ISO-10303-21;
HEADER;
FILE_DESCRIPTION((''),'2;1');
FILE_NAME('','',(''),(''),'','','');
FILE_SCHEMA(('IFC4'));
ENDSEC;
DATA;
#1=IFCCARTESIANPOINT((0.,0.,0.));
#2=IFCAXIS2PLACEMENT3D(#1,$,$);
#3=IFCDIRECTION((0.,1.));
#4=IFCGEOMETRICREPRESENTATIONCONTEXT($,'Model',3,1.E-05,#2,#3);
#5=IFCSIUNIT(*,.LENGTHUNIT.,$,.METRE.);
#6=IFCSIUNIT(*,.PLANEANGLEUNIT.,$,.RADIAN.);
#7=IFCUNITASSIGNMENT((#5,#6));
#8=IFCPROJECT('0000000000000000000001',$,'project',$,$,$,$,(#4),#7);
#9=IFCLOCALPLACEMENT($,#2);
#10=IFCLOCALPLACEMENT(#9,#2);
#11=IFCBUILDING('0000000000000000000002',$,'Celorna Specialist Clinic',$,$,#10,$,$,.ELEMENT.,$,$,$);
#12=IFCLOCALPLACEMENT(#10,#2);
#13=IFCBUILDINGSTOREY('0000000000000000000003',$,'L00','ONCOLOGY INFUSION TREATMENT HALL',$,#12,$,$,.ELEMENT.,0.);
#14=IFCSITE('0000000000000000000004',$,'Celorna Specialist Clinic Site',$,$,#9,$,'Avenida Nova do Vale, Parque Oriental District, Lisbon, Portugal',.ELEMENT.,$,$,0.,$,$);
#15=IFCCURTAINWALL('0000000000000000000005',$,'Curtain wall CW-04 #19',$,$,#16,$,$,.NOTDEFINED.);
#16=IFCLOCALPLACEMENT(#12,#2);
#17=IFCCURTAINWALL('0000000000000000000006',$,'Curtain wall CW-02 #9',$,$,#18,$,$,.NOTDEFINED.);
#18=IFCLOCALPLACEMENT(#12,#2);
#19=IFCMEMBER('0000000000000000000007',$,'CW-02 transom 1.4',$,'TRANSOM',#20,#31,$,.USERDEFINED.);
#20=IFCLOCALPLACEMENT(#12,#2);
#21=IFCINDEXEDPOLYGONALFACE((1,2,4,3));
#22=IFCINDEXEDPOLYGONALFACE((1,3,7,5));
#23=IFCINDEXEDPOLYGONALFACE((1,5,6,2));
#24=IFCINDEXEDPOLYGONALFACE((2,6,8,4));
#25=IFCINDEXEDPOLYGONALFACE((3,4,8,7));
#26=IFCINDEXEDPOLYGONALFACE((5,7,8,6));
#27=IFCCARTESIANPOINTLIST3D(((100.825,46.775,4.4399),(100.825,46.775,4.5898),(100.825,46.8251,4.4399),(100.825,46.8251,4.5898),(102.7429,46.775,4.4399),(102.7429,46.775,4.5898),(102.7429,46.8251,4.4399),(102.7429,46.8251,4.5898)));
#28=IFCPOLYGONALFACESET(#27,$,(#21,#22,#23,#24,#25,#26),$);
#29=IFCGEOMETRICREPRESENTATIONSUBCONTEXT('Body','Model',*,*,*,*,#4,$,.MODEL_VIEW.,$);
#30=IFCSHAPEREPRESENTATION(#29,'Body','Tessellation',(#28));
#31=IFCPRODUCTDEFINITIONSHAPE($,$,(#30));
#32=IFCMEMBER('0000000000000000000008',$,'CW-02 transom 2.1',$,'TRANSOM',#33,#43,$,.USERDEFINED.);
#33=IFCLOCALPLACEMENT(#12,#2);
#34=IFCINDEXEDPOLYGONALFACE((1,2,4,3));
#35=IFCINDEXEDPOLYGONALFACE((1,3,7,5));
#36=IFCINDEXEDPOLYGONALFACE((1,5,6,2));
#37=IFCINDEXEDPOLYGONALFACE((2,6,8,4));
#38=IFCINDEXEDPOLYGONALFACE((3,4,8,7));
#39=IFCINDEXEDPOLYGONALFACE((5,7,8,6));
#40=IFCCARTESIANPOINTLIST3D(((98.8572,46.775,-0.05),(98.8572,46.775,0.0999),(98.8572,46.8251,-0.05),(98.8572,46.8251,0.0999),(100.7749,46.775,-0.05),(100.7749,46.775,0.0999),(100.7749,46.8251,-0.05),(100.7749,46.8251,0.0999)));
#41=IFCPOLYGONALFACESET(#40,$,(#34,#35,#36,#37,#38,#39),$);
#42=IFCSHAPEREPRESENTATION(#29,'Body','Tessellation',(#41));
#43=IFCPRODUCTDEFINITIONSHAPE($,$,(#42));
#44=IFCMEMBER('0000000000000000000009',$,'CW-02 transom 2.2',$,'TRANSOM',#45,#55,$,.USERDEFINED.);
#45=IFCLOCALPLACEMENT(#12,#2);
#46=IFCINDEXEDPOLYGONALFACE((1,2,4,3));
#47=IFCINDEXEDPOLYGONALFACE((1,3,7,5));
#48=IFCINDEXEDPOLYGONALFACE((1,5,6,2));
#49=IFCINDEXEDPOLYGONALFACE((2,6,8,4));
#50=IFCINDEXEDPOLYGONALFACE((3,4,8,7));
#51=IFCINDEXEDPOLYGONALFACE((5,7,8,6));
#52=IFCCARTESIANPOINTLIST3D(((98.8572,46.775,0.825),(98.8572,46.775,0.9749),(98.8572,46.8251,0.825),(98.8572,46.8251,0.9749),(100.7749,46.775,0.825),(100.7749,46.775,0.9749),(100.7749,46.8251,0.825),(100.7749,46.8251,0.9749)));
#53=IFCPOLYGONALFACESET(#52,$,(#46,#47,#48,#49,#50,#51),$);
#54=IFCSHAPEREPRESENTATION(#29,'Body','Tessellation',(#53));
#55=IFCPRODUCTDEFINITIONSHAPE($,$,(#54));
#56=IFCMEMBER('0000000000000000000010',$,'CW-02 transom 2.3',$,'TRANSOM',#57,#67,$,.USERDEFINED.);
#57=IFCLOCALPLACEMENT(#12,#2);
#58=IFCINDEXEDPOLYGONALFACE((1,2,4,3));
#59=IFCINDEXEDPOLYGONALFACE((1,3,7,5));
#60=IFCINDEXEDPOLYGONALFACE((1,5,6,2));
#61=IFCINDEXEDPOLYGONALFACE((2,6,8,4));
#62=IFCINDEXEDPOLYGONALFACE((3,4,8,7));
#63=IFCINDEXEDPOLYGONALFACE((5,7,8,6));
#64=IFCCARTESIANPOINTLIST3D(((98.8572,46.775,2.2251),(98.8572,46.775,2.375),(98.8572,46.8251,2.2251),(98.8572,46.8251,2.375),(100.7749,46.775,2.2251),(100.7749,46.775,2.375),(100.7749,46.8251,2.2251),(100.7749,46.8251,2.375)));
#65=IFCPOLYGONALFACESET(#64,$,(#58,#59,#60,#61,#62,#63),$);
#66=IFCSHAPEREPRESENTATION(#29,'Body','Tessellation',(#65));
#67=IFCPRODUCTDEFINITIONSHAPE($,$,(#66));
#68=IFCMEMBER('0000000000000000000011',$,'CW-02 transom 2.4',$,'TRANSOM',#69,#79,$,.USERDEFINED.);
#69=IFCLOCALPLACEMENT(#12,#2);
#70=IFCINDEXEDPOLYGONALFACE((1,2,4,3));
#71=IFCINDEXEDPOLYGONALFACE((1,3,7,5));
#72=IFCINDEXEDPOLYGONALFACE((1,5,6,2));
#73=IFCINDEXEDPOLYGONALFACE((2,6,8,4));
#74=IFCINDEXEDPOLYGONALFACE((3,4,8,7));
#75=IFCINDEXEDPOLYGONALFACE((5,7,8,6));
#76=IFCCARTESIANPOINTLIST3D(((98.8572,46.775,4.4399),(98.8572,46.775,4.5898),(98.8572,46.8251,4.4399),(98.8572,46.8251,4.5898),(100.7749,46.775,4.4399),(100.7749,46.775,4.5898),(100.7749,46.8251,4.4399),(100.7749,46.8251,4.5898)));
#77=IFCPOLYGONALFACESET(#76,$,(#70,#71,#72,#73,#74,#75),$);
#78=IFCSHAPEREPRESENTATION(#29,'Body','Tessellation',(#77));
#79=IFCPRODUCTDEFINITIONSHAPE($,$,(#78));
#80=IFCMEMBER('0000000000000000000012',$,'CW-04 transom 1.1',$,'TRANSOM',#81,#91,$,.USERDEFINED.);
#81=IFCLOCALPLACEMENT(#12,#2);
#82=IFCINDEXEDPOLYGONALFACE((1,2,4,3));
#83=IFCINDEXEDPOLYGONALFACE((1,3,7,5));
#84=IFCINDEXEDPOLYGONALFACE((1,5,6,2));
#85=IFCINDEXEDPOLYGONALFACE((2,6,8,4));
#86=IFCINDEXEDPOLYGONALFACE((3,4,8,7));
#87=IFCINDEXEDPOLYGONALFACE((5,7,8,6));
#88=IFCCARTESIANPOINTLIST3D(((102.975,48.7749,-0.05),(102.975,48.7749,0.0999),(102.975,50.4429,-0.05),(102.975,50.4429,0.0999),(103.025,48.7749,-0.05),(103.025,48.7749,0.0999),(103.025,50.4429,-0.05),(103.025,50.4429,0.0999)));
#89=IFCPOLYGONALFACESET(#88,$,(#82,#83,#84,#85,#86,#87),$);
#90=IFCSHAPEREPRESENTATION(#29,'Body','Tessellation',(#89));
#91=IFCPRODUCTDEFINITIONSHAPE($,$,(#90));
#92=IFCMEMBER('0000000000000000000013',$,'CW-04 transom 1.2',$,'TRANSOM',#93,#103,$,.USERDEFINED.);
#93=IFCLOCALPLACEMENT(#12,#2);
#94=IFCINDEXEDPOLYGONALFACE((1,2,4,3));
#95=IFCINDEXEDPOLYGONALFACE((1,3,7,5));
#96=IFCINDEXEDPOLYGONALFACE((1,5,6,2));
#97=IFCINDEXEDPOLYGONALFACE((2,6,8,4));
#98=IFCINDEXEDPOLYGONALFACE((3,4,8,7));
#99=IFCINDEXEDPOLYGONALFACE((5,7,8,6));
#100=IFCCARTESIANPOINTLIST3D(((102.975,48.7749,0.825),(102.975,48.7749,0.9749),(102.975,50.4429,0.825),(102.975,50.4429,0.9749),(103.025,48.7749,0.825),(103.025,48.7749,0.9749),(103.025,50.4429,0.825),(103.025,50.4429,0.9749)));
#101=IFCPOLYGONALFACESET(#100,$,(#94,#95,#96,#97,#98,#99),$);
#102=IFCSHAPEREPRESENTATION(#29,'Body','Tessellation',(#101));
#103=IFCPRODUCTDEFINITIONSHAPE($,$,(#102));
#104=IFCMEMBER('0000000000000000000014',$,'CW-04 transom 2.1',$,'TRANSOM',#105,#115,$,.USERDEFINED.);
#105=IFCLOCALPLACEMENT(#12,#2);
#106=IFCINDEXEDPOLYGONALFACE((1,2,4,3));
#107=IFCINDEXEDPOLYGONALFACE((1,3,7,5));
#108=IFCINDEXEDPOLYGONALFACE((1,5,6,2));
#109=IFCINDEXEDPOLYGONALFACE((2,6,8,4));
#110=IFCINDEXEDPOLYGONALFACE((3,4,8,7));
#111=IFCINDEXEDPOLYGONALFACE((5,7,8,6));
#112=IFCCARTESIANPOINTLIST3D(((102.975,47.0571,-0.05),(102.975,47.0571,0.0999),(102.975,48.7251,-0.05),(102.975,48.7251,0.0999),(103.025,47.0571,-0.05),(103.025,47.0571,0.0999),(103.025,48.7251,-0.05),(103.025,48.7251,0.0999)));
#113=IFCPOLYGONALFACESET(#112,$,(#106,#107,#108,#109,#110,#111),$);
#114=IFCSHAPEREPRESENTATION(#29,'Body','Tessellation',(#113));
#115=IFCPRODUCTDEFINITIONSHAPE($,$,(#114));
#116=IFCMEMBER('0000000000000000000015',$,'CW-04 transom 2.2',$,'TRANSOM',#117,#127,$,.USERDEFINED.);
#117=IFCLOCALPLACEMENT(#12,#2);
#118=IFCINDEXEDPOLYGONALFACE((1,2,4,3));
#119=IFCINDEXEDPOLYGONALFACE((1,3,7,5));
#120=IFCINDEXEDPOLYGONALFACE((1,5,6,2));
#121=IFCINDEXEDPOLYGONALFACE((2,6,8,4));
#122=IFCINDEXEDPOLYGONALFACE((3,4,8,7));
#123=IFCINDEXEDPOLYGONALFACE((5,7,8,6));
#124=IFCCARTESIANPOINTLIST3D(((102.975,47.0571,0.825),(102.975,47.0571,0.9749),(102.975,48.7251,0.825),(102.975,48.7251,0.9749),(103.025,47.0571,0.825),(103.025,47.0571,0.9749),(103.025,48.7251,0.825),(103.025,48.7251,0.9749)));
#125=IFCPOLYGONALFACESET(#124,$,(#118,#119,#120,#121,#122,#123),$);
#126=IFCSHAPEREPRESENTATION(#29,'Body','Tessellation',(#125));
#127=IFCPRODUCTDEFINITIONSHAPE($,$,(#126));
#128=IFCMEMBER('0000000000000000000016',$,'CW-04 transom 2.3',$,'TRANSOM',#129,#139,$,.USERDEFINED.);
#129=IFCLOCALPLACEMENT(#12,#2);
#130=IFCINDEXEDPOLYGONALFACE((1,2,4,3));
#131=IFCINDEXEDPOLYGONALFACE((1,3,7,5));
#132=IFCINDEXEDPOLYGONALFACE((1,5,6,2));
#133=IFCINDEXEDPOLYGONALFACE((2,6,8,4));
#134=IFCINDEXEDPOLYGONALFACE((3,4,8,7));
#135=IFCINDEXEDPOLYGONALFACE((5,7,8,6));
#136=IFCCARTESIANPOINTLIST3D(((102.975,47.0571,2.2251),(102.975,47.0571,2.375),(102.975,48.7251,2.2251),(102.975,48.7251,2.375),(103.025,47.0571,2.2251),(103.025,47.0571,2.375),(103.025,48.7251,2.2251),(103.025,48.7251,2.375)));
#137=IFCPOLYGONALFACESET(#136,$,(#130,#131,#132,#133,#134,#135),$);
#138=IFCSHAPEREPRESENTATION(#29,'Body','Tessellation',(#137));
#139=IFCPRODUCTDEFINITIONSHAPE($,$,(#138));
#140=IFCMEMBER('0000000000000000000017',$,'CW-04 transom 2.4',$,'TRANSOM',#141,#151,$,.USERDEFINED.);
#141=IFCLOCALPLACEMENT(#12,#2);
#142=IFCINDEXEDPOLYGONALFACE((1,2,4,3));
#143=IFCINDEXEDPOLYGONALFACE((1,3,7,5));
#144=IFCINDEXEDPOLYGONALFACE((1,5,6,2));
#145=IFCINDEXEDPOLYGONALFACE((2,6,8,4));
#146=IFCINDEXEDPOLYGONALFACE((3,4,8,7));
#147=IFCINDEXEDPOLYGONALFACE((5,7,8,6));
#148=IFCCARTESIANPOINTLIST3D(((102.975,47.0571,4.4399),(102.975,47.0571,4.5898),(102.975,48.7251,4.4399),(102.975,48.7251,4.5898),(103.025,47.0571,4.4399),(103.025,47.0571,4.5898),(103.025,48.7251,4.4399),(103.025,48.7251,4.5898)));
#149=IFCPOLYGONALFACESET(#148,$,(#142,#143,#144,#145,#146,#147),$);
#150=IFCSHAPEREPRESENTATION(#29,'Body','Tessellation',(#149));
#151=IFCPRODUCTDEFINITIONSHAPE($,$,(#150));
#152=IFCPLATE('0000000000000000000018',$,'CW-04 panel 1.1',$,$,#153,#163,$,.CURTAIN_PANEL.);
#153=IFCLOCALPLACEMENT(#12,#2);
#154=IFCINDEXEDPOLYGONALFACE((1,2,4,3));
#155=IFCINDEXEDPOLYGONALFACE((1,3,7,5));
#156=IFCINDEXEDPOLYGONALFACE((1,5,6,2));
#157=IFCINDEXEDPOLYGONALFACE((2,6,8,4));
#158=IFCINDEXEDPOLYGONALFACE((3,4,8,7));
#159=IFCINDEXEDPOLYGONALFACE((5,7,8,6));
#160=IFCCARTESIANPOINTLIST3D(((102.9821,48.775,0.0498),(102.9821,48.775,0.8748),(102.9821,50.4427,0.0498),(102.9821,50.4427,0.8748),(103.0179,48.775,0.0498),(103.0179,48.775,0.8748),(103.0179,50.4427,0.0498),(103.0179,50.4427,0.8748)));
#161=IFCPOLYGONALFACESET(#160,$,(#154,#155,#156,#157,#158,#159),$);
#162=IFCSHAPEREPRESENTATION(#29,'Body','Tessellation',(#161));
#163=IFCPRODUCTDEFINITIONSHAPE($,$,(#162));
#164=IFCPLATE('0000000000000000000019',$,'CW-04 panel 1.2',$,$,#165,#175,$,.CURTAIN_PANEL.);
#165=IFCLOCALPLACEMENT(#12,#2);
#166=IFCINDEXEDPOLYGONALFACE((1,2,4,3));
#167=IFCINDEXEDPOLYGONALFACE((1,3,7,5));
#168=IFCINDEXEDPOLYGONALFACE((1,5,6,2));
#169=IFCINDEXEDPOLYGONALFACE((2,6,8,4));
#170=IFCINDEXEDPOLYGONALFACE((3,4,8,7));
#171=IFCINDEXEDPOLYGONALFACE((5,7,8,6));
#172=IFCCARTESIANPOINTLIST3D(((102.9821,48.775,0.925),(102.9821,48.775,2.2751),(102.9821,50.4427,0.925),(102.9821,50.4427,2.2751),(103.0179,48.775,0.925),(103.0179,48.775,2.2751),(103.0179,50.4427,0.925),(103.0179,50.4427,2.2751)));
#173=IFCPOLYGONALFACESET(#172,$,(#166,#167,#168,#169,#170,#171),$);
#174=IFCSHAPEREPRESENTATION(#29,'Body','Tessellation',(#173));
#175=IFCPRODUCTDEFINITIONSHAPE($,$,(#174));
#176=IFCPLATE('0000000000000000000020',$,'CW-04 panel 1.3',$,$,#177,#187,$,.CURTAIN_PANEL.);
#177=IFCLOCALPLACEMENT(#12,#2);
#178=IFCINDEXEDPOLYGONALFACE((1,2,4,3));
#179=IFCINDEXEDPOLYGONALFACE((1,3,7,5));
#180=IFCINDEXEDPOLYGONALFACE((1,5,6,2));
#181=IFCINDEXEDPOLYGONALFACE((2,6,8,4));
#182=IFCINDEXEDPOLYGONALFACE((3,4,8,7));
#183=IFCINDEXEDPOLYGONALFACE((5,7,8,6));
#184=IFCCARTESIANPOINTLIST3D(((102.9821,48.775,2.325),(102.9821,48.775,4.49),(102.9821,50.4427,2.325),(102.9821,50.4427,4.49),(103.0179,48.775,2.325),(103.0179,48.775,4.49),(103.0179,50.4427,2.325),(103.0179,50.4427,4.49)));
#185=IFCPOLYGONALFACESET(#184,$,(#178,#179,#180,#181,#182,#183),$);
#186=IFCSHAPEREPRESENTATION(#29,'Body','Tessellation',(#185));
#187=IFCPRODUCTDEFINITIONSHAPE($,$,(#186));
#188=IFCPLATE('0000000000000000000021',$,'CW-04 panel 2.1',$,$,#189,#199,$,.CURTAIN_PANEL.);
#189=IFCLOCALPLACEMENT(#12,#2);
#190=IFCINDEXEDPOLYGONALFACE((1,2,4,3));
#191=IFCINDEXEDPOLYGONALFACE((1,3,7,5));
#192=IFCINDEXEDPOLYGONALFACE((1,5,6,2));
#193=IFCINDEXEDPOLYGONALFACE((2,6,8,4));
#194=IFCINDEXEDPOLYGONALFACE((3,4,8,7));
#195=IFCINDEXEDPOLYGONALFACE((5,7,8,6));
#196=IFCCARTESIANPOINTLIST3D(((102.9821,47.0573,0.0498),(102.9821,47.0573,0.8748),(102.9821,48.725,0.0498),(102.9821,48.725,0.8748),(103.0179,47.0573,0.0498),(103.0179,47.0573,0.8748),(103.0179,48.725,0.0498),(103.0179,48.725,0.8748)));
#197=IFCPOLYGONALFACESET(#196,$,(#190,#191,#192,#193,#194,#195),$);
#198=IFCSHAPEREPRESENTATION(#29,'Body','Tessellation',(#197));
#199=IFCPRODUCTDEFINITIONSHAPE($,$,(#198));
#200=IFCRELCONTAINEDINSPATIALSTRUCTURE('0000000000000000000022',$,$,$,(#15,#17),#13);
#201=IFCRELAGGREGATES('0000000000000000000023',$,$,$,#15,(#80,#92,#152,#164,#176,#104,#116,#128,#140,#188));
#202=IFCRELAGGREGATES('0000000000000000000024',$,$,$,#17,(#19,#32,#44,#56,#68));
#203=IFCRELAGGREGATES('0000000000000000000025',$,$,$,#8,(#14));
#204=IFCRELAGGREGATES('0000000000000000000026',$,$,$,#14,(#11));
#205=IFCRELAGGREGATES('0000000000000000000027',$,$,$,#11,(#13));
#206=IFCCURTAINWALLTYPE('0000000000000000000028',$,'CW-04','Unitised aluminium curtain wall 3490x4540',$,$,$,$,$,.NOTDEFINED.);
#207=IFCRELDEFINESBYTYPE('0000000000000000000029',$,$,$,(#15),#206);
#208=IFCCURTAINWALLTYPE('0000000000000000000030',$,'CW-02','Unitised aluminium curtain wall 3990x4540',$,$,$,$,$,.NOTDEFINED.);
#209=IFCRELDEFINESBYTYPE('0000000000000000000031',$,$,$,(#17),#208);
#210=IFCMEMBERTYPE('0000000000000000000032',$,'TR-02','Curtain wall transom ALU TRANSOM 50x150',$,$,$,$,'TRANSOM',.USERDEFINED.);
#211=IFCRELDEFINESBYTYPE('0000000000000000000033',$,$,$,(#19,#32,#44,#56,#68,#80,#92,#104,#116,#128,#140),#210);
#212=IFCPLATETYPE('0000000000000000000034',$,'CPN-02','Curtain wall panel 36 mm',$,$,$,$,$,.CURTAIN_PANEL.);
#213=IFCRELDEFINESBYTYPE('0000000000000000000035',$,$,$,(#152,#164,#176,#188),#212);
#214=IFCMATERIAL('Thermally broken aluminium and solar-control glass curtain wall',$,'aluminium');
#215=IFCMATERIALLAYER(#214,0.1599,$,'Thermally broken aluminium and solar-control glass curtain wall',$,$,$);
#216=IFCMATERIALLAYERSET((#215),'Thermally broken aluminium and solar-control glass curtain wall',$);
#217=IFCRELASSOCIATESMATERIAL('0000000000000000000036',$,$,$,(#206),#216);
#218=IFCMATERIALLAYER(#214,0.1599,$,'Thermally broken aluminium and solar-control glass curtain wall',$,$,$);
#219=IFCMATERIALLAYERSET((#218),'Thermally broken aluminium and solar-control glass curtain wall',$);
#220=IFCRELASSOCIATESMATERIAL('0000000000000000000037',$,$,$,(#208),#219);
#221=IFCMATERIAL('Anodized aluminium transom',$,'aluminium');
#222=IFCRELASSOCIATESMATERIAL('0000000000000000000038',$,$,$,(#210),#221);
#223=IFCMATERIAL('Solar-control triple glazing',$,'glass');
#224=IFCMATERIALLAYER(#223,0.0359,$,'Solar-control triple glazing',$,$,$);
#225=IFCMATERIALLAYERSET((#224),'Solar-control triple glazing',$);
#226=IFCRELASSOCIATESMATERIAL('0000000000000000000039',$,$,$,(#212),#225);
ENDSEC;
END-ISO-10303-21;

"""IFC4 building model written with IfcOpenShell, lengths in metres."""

from ifc_helpers import new_model, si_unit, direction, frame, origin, origin_2d, place, context, subcontext, project, spatial, rectangle, extrude, material, layer, layer_set, material_profile, profile_set, type_object, element, aggregate, save


model = new_model("IFC4")

# Units and contexts
model_context = context("Model", 3, precision=1e-05, world=origin(), true_north=direction((0.0, 1.0)))
body_context = subcontext(model_context, "Body", "Model", "MODEL_VIEW")
ifc_project = project(units=[si_unit("LENGTHUNIT", "METRE"), si_unit("PLANEANGLEUNIT", "RADIAN")], contexts=[model_context])

# Site, building, storey
site_placement = place(None, origin())
site = spatial("IfcSite", under=ifc_project, at=site_placement, Name="Celorna Specialist Clinic Site", LongName="Avenida Nova do Vale, Parque Oriental District, Lisbon, Portugal", CompositionType="ELEMENT", RefElevation=0.0)
building_placement = place(site_placement, origin())
building = spatial("IfcBuilding", under=site, at=building_placement, Name="Celorna Specialist Clinic", CompositionType="ELEMENT")
storey_placement = place(building_placement, origin())
storey = spatial("IfcBuildingStorey", under=building, at=storey_placement, Name="L00", Description="ONCOLOGY INFUSION TREATMENT HALL", CompositionType="ELEMENT", Elevation=0.0)

# Curtain walls, members
ifc_material_1 = material(Name="Thermally broken aluminium and solar-control glass curtain wall", Category="aluminium")
ifc_layer_1 = layer(ifc_material_1, 0.1599, Name="Thermally broken aluminium and solar-control glass curtain wall")
ifc_layer_set_1 = layer_set([ifc_layer_1], Name="Thermally broken aluminium and solar-control glass curtain wall")
curtain_wall_type_1 = type_object("IfcCurtainWallType", Name="CW-04", Description="Unitised aluminium curtain wall 3490x4540", PredefinedType="NOTDEFINED", material=ifc_layer_set_1)
curtain_wall_1_placement = place(storey_placement, origin())
curtain_wall_1 = element("IfcCurtainWall", 1, at=curtain_wall_1_placement, inside=storey, type_object=curtain_wall_type_1, Name="Curtain wall CW-04 #19", PredefinedType="NOTDEFINED")
ifc_layer_2 = layer(ifc_material_1, 0.1599, Name="Thermally broken aluminium and solar-control glass curtain wall")
ifc_layer_set_2 = layer_set([ifc_layer_2], Name="Thermally broken aluminium and solar-control glass curtain wall")
curtain_wall_type_2 = type_object("IfcCurtainWallType", Name="CW-02", Description="Unitised aluminium curtain wall 3990x4540", PredefinedType="NOTDEFINED", material=ifc_layer_set_2)
curtain_wall_2_placement = place(storey_placement, origin())
curtain_wall_2 = element("IfcCurtainWall", 2, at=curtain_wall_2_placement, inside=storey, type_object=curtain_wall_type_2, Name="Curtain wall CW-02 #9", PredefinedType="NOTDEFINED")
ifc_material_2 = material(Name="Anodized aluminium transom", Category="aluminium")
ifc_material_profile_1 = material_profile(ifc_material_2, rectangle(XDim=0.05, YDim=0.1499, at=origin_2d()), Name="ALU TRANSOM 50x150")
ifc_profile_set_1 = profile_set([ifc_material_profile_1], Name="Anodized aluminium transom")
member_type_1 = type_object("IfcMemberType", Name="TR-02", Description="Curtain wall transom ALU TRANSOM 50x150", ElementType="TRANSOM", PredefinedType="USERDEFINED", material=ifc_profile_set_1)
member_1_placement = place(storey_placement, frame((102.7429, 46.8, 4.5149), z_axis=(-1.0, 0.0, 0.0), x_axis=(0.0, -1.0, 0.0)))
member_1 = element("IfcMember", 3, at=member_1_placement, type_object=member_type_1, Name="CW-02 transom 1.4", ObjectType="TRANSOM", PredefinedType="USERDEFINED", context=body_context, shape_type="SweptSolid", body=[
    extrude(rectangle(XDim=0.05, YDim=0.1499, at=origin_2d()), origin(), (0.0, 0.0, 1.0), 1.918),
])
member_2_placement = place(storey_placement, frame((100.7749, 46.8, 0.0249), z_axis=(-1.0, 0.0, 0.0), x_axis=(0.0, -1.0, 0.0)))
member_2 = element("IfcMember", 4, at=member_2_placement, type_object=member_type_1, Name="CW-02 transom 2.1", ObjectType="TRANSOM", PredefinedType="USERDEFINED", context=body_context, shape_type="SweptSolid", body=[
    extrude(rectangle(XDim=0.05, YDim=0.1499, at=origin_2d()), origin(), (0.0, 0.0, 1.0), 1.9177),
])
member_3_placement = place(storey_placement, frame((100.7749, 46.8, 0.8999), z_axis=(-1.0, 0.0, 0.0), x_axis=(0.0, -1.0, 0.0)))
member_3 = element("IfcMember", 5, at=member_3_placement, type_object=member_type_1, Name="CW-02 transom 2.2", ObjectType="TRANSOM", PredefinedType="USERDEFINED", context=body_context, shape_type="SweptSolid", body=[
    extrude(rectangle(XDim=0.05, YDim=0.1499, at=origin_2d()), origin(), (0.0, 0.0, 1.0), 1.9177),
])
member_4_placement = place(storey_placement, frame((100.7749, 46.8, 2.3), z_axis=(-1.0, 0.0, 0.0), x_axis=(0.0, -1.0, 0.0)))
member_4 = element("IfcMember", 6, at=member_4_placement, type_object=member_type_1, Name="CW-02 transom 2.3", ObjectType="TRANSOM", PredefinedType="USERDEFINED", context=body_context, shape_type="SweptSolid", body=[
    extrude(rectangle(XDim=0.05, YDim=0.1499, at=origin_2d()), origin(), (0.0, 0.0, 1.0), 1.9177),
])
member_5_placement = place(storey_placement, frame((100.7749, 46.8, 4.5149), z_axis=(-1.0, 0.0, 0.0), x_axis=(0.0, -1.0, 0.0)))
member_5 = element("IfcMember", 7, at=member_5_placement, type_object=member_type_1, Name="CW-02 transom 2.4", ObjectType="TRANSOM", PredefinedType="USERDEFINED", context=body_context, shape_type="SweptSolid", body=[
    extrude(rectangle(XDim=0.05, YDim=0.1499, at=origin_2d()), origin(), (0.0, 0.0, 1.0), 1.9177),
])

# Members
member_6_placement = place(storey_placement, frame((103.0, 50.4429, 0.0249), z_axis=(0.0, -1.0, 0.0), x_axis=(1.0, 0.0, 0.0)))
member_6 = element("IfcMember", 8, at=member_6_placement, type_object=member_type_1, Name="CW-04 transom 1.1", ObjectType="TRANSOM", PredefinedType="USERDEFINED", context=body_context, shape_type="SweptSolid", body=[
    extrude(rectangle(XDim=0.05, YDim=0.1499, at=origin_2d()), origin(), (0.0, 0.0, 1.0), 1.668),
])
member_7_placement = place(storey_placement, frame((103.0, 50.4429, 0.8999), z_axis=(0.0, -1.0, 0.0), x_axis=(1.0, 0.0, 0.0)))
member_7 = element("IfcMember", 9, at=member_7_placement, type_object=member_type_1, Name="CW-04 transom 1.2", ObjectType="TRANSOM", PredefinedType="USERDEFINED", context=body_context, shape_type="SweptSolid", body=[
    extrude(rectangle(XDim=0.05, YDim=0.1499, at=origin_2d()), origin(), (0.0, 0.0, 1.0), 1.668),
])
member_8_placement = place(storey_placement, frame((103.0, 48.7251, 0.0249), z_axis=(0.0, -1.0, 0.0), x_axis=(1.0, 0.0, 0.0)))
member_8 = element("IfcMember", 10, at=member_8_placement, type_object=member_type_1, Name="CW-04 transom 2.1", ObjectType="TRANSOM", PredefinedType="USERDEFINED", context=body_context, shape_type="SweptSolid", body=[
    extrude(rectangle(XDim=0.05, YDim=0.1499, at=origin_2d()), origin(), (0.0, 0.0, 1.0), 1.668),
])
member_9_placement = place(storey_placement, frame((103.0, 48.7251, 0.8999), z_axis=(0.0, -1.0, 0.0), x_axis=(1.0, 0.0, 0.0)))
member_9 = element("IfcMember", 11, at=member_9_placement, type_object=member_type_1, Name="CW-04 transom 2.2", ObjectType="TRANSOM", PredefinedType="USERDEFINED", context=body_context, shape_type="SweptSolid", body=[
    extrude(rectangle(XDim=0.05, YDim=0.1499, at=origin_2d()), origin(), (0.0, 0.0, 1.0), 1.668),
])
member_10_placement = place(storey_placement, frame((103.0, 48.7251, 2.3), z_axis=(0.0, -1.0, 0.0), x_axis=(1.0, 0.0, 0.0)))
member_10 = element("IfcMember", 12, at=member_10_placement, type_object=member_type_1, Name="CW-04 transom 2.3", ObjectType="TRANSOM", PredefinedType="USERDEFINED", context=body_context, shape_type="SweptSolid", body=[
    extrude(rectangle(XDim=0.05, YDim=0.1499, at=origin_2d()), origin(), (0.0, 0.0, 1.0), 1.668),
])
member_11_placement = place(storey_placement, frame((103.0, 48.7251, 4.5149), z_axis=(0.0, -1.0, 0.0), x_axis=(1.0, 0.0, 0.0)))
member_11 = element("IfcMember", 13, at=member_11_placement, type_object=member_type_1, Name="CW-04 transom 2.4", ObjectType="TRANSOM", PredefinedType="USERDEFINED", context=body_context, shape_type="SweptSolid", body=[
    extrude(rectangle(XDim=0.05, YDim=0.1499, at=origin_2d()), origin(), (0.0, 0.0, 1.0), 1.668),
])

# Plates
ifc_material_3 = material(Name="Solar-control triple glazing", Category="glass")
ifc_layer_3 = layer(ifc_material_3, 0.0359, Name="Solar-control triple glazing")
ifc_layer_set_3 = layer_set([ifc_layer_3], Name="Solar-control triple glazing")
plate_type_1 = type_object("IfcPlateType", Name="CPN-02", Description="Curtain wall panel 36 mm", PredefinedType="CURTAIN_PANEL", material=ifc_layer_set_3)
plate_1_placement = place(storey_placement, frame((103.0, 49.6089, 0.0498), z_axis=(0.0, 0.0, 1.0), x_axis=(0.0, -1.0, 0.0)))
plate_1 = element("IfcPlate", 14, at=plate_1_placement, type_object=plate_type_1, Name="CW-04 panel 1.1", PredefinedType="CURTAIN_PANEL", context=body_context, shape_type="SweptSolid", body=[
    extrude(rectangle(XDim=1.6677, YDim=0.0359, at=origin_2d()), origin(), (0.0, 0.0, 1.0), 0.825),
])
plate_2_placement = place(storey_placement, frame((103.0, 49.6089, 0.925), z_axis=(0.0, 0.0, 1.0), x_axis=(0.0, -1.0, 0.0)))
plate_2 = element("IfcPlate", 15, at=plate_2_placement, type_object=plate_type_1, Name="CW-04 panel 1.2", PredefinedType="CURTAIN_PANEL", context=body_context, shape_type="SweptSolid", body=[
    extrude(rectangle(XDim=1.6677, YDim=0.0359, at=origin_2d()), origin(), (0.0, 0.0, 1.0), 1.3501),
])
plate_3_placement = place(storey_placement, frame((103.0, 49.6089, 2.325), z_axis=(0.0, 0.0, 1.0), x_axis=(0.0, -1.0, 0.0)))
plate_3 = element("IfcPlate", 16, at=plate_3_placement, type_object=plate_type_1, Name="CW-04 panel 1.3", PredefinedType="CURTAIN_PANEL", context=body_context, shape_type="SweptSolid", body=[
    extrude(rectangle(XDim=1.6677, YDim=0.0359, at=origin_2d()), origin(), (0.0, 0.0, 1.0), 2.165),
])
plate_4_placement = place(storey_placement, frame((103.0, 47.8911, 0.0498), z_axis=(0.0, 0.0, 1.0), x_axis=(0.0, -1.0, 0.0)))
plate_4 = element("IfcPlate", 17, at=plate_4_placement, type_object=plate_type_1, Name="CW-04 panel 2.1", PredefinedType="CURTAIN_PANEL", context=body_context, shape_type="SweptSolid", body=[
    extrude(rectangle(XDim=1.6677, YDim=0.0359, at=origin_2d()), origin(), (0.0, 0.0, 1.0), 0.825),
])
aggregate(curtain_wall_1, [member_6, member_7, plate_1, plate_2, plate_3, member_8, member_9, member_10, member_11, plate_4])
aggregate(curtain_wall_2, [member_1, member_2, member_3, member_4, member_5])

save(model, "model.ifc")
